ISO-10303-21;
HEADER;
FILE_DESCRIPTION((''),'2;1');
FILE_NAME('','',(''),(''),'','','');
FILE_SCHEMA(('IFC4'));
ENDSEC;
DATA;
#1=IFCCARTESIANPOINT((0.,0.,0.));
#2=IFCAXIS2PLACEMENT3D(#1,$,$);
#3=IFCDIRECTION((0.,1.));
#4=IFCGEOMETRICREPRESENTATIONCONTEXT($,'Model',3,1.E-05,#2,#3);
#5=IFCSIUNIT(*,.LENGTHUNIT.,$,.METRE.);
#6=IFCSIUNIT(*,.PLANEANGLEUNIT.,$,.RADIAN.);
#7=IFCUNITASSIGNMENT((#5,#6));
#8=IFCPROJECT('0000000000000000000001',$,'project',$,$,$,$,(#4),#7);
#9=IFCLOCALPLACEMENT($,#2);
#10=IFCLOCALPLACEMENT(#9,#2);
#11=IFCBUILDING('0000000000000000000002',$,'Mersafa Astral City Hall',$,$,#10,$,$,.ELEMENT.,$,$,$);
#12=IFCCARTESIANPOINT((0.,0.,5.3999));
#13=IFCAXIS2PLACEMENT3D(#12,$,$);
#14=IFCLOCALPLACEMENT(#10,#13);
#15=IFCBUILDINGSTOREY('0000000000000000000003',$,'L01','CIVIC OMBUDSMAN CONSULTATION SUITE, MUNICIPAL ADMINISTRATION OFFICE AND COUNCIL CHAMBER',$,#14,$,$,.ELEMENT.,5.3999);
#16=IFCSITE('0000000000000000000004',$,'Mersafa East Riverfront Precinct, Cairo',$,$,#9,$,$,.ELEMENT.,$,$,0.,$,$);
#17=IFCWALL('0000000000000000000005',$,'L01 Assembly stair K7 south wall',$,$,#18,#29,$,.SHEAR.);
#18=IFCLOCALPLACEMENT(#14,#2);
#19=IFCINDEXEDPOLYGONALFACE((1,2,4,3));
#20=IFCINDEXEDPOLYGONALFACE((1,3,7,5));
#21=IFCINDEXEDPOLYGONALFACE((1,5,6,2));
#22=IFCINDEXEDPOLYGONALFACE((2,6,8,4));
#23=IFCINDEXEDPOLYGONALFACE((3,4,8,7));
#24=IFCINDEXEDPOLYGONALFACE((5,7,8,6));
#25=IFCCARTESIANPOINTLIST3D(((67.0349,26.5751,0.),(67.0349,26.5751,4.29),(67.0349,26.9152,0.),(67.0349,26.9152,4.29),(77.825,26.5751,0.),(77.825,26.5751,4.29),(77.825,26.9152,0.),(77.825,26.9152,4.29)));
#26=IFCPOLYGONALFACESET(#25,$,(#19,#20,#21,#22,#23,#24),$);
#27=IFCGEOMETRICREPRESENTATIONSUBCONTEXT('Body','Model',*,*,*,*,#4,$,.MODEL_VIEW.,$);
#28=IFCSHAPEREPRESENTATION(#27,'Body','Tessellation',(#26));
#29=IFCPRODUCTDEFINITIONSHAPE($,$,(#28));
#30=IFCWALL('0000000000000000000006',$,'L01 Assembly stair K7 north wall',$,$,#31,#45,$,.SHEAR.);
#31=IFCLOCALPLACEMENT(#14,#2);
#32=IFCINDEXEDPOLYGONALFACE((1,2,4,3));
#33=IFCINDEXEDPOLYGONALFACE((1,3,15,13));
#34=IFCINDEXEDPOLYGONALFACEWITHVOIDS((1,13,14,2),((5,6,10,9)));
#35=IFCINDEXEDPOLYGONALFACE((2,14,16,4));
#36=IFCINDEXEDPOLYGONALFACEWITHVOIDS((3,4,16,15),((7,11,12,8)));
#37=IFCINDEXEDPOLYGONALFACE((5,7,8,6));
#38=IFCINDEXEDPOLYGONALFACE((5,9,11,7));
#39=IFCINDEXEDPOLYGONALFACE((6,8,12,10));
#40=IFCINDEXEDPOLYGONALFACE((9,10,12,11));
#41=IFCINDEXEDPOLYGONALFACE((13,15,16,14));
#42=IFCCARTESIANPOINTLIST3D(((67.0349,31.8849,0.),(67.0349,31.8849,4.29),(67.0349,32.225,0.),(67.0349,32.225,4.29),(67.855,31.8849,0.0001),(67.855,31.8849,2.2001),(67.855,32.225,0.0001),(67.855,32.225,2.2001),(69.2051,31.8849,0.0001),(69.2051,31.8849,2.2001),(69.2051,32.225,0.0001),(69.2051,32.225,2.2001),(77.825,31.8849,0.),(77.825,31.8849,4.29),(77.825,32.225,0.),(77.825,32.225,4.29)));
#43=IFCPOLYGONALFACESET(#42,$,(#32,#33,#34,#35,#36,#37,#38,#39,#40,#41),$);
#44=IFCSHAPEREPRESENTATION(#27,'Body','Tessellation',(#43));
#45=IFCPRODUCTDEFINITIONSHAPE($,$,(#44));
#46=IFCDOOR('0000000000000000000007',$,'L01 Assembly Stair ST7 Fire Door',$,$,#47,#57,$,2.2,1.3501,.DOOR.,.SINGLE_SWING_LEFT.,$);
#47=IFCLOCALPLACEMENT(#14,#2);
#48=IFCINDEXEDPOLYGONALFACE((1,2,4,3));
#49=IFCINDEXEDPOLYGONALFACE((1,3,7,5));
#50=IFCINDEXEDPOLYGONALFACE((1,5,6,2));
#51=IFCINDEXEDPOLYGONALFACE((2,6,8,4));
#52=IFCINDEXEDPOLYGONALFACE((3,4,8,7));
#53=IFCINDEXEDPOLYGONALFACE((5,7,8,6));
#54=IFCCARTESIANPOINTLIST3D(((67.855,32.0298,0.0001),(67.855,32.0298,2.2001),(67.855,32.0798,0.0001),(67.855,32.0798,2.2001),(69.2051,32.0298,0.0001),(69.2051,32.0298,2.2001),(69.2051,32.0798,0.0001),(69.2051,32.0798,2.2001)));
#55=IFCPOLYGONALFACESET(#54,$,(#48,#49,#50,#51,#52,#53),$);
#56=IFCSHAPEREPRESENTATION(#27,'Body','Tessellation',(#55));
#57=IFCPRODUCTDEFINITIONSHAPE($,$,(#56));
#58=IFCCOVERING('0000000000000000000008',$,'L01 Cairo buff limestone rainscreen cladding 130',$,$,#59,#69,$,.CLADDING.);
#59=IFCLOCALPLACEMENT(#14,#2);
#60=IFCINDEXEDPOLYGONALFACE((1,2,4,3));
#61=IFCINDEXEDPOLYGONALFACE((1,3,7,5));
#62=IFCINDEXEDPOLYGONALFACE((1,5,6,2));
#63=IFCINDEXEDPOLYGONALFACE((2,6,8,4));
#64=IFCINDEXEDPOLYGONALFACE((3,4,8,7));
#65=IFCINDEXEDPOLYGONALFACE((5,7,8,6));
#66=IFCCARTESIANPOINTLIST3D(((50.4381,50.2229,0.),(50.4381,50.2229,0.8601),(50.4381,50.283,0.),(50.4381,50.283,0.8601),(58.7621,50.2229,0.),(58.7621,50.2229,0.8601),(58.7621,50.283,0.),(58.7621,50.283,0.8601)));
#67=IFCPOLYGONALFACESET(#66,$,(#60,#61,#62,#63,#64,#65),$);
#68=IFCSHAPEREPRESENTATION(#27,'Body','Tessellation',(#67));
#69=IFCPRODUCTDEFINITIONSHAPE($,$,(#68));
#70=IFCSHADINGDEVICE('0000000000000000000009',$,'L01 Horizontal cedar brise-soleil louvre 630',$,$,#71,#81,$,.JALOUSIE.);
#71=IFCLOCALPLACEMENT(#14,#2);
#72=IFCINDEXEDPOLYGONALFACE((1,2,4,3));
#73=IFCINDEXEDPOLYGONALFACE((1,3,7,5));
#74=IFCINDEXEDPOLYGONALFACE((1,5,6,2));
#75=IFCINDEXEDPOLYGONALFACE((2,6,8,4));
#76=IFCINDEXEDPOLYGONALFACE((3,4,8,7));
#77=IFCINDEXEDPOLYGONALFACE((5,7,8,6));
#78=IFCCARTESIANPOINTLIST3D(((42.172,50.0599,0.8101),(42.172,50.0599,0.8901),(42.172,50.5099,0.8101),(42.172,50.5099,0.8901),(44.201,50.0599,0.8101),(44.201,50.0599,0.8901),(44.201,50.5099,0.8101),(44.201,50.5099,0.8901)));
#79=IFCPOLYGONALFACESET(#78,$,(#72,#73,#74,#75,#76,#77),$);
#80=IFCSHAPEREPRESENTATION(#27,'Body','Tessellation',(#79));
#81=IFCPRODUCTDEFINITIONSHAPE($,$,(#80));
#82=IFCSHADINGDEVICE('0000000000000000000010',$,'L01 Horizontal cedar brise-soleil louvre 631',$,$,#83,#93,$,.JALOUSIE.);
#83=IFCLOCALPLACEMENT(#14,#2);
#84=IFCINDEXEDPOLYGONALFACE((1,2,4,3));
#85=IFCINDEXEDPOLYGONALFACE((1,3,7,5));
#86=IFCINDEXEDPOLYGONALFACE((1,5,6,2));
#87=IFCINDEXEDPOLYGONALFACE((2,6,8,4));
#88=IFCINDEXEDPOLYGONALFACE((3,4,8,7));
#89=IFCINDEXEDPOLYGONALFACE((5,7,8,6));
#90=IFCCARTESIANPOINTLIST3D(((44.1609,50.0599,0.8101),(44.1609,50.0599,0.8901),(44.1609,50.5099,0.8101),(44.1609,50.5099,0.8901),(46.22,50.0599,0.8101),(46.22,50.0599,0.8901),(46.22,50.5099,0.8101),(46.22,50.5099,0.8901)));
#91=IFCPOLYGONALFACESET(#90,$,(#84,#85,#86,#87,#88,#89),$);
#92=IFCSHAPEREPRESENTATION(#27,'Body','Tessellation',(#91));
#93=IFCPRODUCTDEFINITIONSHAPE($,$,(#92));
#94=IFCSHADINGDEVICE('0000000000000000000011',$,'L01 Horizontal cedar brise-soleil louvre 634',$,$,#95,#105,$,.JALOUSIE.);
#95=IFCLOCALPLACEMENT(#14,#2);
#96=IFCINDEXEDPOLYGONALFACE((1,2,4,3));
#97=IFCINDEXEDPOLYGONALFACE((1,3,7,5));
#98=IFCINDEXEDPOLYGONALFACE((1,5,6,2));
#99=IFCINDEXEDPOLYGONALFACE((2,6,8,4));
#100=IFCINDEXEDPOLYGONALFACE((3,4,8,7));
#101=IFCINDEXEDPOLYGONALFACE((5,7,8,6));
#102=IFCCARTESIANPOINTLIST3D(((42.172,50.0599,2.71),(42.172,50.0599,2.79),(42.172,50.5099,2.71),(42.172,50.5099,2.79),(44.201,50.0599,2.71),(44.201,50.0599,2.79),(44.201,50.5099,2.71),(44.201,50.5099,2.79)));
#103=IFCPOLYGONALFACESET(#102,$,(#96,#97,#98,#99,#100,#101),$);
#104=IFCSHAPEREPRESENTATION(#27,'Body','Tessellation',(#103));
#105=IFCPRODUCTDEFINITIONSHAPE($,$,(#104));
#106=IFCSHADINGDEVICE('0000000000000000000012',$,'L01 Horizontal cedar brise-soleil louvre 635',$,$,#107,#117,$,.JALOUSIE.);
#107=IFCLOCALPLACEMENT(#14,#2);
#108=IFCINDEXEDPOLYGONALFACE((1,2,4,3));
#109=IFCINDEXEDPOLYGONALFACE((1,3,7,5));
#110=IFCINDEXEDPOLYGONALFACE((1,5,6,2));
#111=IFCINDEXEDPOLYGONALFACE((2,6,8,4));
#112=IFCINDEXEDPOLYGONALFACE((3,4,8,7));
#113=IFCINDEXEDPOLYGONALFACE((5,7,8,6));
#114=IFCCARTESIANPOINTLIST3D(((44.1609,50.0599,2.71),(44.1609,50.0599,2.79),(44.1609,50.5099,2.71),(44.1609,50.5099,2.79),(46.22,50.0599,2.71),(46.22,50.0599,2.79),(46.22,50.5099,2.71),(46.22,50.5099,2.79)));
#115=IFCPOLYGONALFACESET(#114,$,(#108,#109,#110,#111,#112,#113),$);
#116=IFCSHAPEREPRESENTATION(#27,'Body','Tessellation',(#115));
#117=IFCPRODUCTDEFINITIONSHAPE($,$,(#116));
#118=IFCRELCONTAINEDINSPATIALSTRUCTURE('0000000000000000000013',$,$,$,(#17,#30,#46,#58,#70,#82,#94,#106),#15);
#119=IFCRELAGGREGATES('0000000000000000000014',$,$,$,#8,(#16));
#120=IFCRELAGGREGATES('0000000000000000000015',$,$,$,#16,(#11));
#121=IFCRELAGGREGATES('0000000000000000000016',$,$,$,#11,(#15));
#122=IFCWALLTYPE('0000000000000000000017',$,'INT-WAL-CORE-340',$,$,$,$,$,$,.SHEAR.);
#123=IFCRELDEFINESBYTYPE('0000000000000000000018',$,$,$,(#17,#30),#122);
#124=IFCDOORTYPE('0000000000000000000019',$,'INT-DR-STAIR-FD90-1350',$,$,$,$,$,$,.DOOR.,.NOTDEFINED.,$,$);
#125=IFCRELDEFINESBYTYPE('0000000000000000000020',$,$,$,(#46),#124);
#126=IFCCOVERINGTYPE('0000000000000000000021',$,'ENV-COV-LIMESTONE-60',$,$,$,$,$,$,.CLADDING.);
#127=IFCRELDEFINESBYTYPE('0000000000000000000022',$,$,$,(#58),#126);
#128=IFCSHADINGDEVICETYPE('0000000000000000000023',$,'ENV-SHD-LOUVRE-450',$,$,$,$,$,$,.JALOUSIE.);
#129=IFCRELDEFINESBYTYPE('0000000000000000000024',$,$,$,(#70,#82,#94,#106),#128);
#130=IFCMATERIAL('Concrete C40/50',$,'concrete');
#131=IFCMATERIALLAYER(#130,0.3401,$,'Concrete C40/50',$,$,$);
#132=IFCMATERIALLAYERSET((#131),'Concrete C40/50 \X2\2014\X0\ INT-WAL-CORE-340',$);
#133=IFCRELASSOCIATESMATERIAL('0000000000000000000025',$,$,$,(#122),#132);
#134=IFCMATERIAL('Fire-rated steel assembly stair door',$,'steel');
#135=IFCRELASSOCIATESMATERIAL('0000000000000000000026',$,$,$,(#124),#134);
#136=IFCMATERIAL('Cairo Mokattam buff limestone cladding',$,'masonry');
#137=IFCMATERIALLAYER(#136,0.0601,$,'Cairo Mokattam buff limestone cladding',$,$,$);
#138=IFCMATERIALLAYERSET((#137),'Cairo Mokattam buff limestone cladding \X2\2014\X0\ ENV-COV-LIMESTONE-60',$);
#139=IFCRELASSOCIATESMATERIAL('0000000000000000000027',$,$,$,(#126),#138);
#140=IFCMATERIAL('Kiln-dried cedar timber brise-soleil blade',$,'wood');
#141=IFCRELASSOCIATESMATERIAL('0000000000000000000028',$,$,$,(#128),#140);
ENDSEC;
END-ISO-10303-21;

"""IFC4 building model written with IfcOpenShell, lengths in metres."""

from ifc_helpers import new_model, si_unit, direction, frame, frame_2d, origin, origin_2d, place, context, subcontext, project, spatial, rectangle, extrude, material, layer, layer_set, type_object, element, fill, save


model = new_model("IFC4")

# Units and contexts
model_context = context("Model", 3, precision=1e-05, world=origin(), true_north=direction((0.0, 1.0)))
body_context = subcontext(model_context, "Body", "Model", "MODEL_VIEW")
ifc_project = project(units=[si_unit("LENGTHUNIT", "METRE"), si_unit("PLANEANGLEUNIT", "RADIAN")], contexts=[model_context])

# Site, building, storey
site_placement = place(None, origin())
site = spatial("IfcSite", under=ifc_project, at=site_placement, Name="Mersafa East Riverfront Precinct, Cairo", CompositionType="ELEMENT", RefElevation=0.0)
building_placement = place(site_placement, origin())
building = spatial("IfcBuilding", under=site, at=building_placement, Name="Mersafa Astral City Hall", CompositionType="ELEMENT")
storey_placement = place(building_placement, frame((0.0, 0.0, 5.3999)))
storey = spatial("IfcBuildingStorey", under=building, at=storey_placement, Name="L01", Description="CIVIC OMBUDSMAN CONSULTATION SUITE, MUNICIPAL ADMINISTRATION OFFICE AND COUNCIL CHAMBER", CompositionType="ELEMENT", Elevation=5.3999)

# Shared definitions
ifc_material_1 = material(Name="Concrete C40/50", Category="concrete")

# Wall
ifc_layer_1 = layer(ifc_material_1, 0.3401, Name="Concrete C40/50")
ifc_layer_set_1 = layer_set([ifc_layer_1], Name="Concrete C40/50 — INT-WAL-CORE-340")
wall_type = type_object("IfcWallType", Name="INT-WAL-CORE-340", PredefinedType="SHEAR", material=ifc_layer_set_1)
wall_1_placement = place(storey_placement, frame((67.0349, 26.7451, 0.0), z_axis=(0.0, 0.0, 1.0), x_axis=(1.0, 0.0, 0.0)))
element("IfcWall", 1, at=wall_1_placement, inside=storey, type_object=wall_type, Name="L01 Assembly stair K7 south wall", PredefinedType="SHEAR", context=body_context, shape_type="SweptSolid", body=[
    extrude(rectangle(XDim=10.79, YDim=0.3401, at=frame_2d((5.395, 0.0))), origin(), (0.0, 0.0, 1.0), 4.29),
])

# Wall, opening, door
wall_2_placement = place(storey_placement, frame((67.0349, 32.0549, 0.0), z_axis=(0.0, 0.0, 1.0), x_axis=(1.0, 0.0, 0.0)))
wall_2 = element("IfcWall", 2, at=wall_2_placement, inside=storey, type_object=wall_type, Name="L01 Assembly stair K7 north wall", PredefinedType="SHEAR", context=body_context, shape_type="SweptSolid", body=[
    extrude(rectangle(XDim=10.79, YDim=0.3401, at=frame_2d((5.395, 0.0))), origin(), (0.0, 0.0, 1.0), 4.29),
])
opening_placement = place(wall_2_placement, frame((0.8201, 0.0, 0.0)))
opening = element("IfcOpeningElement", 3, at=opening_placement, cuts=wall_2, PredefinedType="OPENING", context=body_context, shape_type="SweptSolid", body=[
    extrude(rectangle(XDim=1.3501, YDim=2.2, at=frame_2d((0.675, 1.1001))), frame((0.0, 0.1799, 0.0), z_axis=(0.0, -1.0, 0.0), x_axis=(1.0, 0.0, 0.0)), (0.0, 0.0, 1.0), 0.3601),
])
ifc_material_2 = material(Name="Fire-rated steel assembly stair door", Category="steel")
door_type = type_object("IfcDoorType", Name="INT-DR-STAIR-FD90-1350", OperationType="NOTDEFINED", PredefinedType="DOOR", material=ifc_material_2)
door_placement = place(opening_placement, origin())
door = element("IfcDoor", 4, at=door_placement, inside=storey, type_object=door_type, Name="L01 Assembly Stair ST7 Fire Door", OperationType="SINGLE_SWING_LEFT", OverallHeight=2.2, OverallWidth=1.3501, PredefinedType="DOOR", context=body_context, shape_type="SweptSolid", body=[
    extrude(rectangle(XDim=1.3501, YDim=2.2, at=frame_2d((0.675, 1.1001))), frame((0.0, 0.0249, 0.0), z_axis=(0.0, -1.0, 0.0), x_axis=(1.0, 0.0, 0.0)), (0.0, 0.0, 1.0), 0.05),
])
fill(opening, door)

# Covering
ifc_material_3 = material(Name="Cairo Mokattam buff limestone cladding", Category="masonry")
ifc_layer_2 = layer(ifc_material_3, 0.0601, Name="Cairo Mokattam buff limestone cladding")
ifc_layer_set_2 = layer_set([ifc_layer_2], Name="Cairo Mokattam buff limestone cladding — ENV-COV-LIMESTONE-60")
covering_type = type_object("IfcCoveringType", Name="ENV-COV-LIMESTONE-60", PredefinedType="CLADDING", material=ifc_layer_set_2)
covering_placement = place(storey_placement, frame((54.6001, 50.2529, 0.0), z_axis=(0.0, 0.0, 1.0), x_axis=(1.0, 0.0, 0.0)))
element("IfcCovering", 5, at=covering_placement, inside=storey, type_object=covering_type, Name="L01 Cairo buff limestone rainscreen cladding 130", PredefinedType="CLADDING", context=body_context, shape_type="SweptSolid", body=[
    extrude(rectangle(XDim=8.324, YDim=0.0601, at=origin_2d()), origin(), (0.0, 0.0, 1.0), 0.8601),
])

# Shading devices
ifc_material_4 = material(Name="Kiln-dried cedar timber brise-soleil blade", Category="wood")
shading_device_type = type_object("IfcShadingDeviceType", Name="ENV-SHD-LOUVRE-450", PredefinedType="JALOUSIE", material=ifc_material_4)
shading_device_1_placement = place(storey_placement, frame((43.1865, 50.2849, 0.8101), z_axis=(0.0, 0.0, 1.0), x_axis=(1.0, 0.0, 0.0)))
element("IfcShadingDevice", 6, at=shading_device_1_placement, inside=storey, type_object=shading_device_type, Name="L01 Horizontal cedar brise-soleil louvre 630", PredefinedType="JALOUSIE", context=body_context, shape_type="SweptSolid", body=[
    extrude(rectangle(XDim=2.0291, YDim=0.45, at=origin_2d()), origin(), (0.0, 0.0, 1.0), 0.0801),
])
shading_device_2_placement = place(storey_placement, frame((45.1904, 50.2849, 0.8101), z_axis=(0.0, 0.0, 1.0), x_axis=(1.0, 0.0, 0.0)))
element("IfcShadingDevice", 7, at=shading_device_2_placement, inside=storey, type_object=shading_device_type, Name="L01 Horizontal cedar brise-soleil louvre 631", PredefinedType="JALOUSIE", context=body_context, shape_type="SweptSolid", body=[
    extrude(rectangle(XDim=2.0591, YDim=0.45, at=origin_2d()), origin(), (0.0, 0.0, 1.0), 0.0801),
])
shading_device_3_placement = place(storey_placement, frame((43.1865, 50.2849, 2.71), z_axis=(0.0, 0.0, 1.0), x_axis=(1.0, 0.0, 0.0)))
element("IfcShadingDevice", 8, at=shading_device_3_placement, inside=storey, type_object=shading_device_type, Name="L01 Horizontal cedar brise-soleil louvre 634", PredefinedType="JALOUSIE", context=body_context, shape_type="SweptSolid", body=[
    extrude(rectangle(XDim=2.0291, YDim=0.45, at=origin_2d()), origin(), (0.0, 0.0, 1.0), 0.0801),
])
shading_device_4_placement = place(storey_placement, frame((45.1904, 50.2849, 2.71), z_axis=(0.0, 0.0, 1.0), x_axis=(1.0, 0.0, 0.0)))
element("IfcShadingDevice", 9, at=shading_device_4_placement, inside=storey, type_object=shading_device_type, Name="L01 Horizontal cedar brise-soleil louvre 635", PredefinedType="JALOUSIE", context=body_context, shape_type="SweptSolid", body=[
    extrude(rectangle(XDim=2.0591, YDim=0.45, at=origin_2d()), origin(), (0.0, 0.0, 1.0), 0.0801),
])

save(model, "model.ifc")
